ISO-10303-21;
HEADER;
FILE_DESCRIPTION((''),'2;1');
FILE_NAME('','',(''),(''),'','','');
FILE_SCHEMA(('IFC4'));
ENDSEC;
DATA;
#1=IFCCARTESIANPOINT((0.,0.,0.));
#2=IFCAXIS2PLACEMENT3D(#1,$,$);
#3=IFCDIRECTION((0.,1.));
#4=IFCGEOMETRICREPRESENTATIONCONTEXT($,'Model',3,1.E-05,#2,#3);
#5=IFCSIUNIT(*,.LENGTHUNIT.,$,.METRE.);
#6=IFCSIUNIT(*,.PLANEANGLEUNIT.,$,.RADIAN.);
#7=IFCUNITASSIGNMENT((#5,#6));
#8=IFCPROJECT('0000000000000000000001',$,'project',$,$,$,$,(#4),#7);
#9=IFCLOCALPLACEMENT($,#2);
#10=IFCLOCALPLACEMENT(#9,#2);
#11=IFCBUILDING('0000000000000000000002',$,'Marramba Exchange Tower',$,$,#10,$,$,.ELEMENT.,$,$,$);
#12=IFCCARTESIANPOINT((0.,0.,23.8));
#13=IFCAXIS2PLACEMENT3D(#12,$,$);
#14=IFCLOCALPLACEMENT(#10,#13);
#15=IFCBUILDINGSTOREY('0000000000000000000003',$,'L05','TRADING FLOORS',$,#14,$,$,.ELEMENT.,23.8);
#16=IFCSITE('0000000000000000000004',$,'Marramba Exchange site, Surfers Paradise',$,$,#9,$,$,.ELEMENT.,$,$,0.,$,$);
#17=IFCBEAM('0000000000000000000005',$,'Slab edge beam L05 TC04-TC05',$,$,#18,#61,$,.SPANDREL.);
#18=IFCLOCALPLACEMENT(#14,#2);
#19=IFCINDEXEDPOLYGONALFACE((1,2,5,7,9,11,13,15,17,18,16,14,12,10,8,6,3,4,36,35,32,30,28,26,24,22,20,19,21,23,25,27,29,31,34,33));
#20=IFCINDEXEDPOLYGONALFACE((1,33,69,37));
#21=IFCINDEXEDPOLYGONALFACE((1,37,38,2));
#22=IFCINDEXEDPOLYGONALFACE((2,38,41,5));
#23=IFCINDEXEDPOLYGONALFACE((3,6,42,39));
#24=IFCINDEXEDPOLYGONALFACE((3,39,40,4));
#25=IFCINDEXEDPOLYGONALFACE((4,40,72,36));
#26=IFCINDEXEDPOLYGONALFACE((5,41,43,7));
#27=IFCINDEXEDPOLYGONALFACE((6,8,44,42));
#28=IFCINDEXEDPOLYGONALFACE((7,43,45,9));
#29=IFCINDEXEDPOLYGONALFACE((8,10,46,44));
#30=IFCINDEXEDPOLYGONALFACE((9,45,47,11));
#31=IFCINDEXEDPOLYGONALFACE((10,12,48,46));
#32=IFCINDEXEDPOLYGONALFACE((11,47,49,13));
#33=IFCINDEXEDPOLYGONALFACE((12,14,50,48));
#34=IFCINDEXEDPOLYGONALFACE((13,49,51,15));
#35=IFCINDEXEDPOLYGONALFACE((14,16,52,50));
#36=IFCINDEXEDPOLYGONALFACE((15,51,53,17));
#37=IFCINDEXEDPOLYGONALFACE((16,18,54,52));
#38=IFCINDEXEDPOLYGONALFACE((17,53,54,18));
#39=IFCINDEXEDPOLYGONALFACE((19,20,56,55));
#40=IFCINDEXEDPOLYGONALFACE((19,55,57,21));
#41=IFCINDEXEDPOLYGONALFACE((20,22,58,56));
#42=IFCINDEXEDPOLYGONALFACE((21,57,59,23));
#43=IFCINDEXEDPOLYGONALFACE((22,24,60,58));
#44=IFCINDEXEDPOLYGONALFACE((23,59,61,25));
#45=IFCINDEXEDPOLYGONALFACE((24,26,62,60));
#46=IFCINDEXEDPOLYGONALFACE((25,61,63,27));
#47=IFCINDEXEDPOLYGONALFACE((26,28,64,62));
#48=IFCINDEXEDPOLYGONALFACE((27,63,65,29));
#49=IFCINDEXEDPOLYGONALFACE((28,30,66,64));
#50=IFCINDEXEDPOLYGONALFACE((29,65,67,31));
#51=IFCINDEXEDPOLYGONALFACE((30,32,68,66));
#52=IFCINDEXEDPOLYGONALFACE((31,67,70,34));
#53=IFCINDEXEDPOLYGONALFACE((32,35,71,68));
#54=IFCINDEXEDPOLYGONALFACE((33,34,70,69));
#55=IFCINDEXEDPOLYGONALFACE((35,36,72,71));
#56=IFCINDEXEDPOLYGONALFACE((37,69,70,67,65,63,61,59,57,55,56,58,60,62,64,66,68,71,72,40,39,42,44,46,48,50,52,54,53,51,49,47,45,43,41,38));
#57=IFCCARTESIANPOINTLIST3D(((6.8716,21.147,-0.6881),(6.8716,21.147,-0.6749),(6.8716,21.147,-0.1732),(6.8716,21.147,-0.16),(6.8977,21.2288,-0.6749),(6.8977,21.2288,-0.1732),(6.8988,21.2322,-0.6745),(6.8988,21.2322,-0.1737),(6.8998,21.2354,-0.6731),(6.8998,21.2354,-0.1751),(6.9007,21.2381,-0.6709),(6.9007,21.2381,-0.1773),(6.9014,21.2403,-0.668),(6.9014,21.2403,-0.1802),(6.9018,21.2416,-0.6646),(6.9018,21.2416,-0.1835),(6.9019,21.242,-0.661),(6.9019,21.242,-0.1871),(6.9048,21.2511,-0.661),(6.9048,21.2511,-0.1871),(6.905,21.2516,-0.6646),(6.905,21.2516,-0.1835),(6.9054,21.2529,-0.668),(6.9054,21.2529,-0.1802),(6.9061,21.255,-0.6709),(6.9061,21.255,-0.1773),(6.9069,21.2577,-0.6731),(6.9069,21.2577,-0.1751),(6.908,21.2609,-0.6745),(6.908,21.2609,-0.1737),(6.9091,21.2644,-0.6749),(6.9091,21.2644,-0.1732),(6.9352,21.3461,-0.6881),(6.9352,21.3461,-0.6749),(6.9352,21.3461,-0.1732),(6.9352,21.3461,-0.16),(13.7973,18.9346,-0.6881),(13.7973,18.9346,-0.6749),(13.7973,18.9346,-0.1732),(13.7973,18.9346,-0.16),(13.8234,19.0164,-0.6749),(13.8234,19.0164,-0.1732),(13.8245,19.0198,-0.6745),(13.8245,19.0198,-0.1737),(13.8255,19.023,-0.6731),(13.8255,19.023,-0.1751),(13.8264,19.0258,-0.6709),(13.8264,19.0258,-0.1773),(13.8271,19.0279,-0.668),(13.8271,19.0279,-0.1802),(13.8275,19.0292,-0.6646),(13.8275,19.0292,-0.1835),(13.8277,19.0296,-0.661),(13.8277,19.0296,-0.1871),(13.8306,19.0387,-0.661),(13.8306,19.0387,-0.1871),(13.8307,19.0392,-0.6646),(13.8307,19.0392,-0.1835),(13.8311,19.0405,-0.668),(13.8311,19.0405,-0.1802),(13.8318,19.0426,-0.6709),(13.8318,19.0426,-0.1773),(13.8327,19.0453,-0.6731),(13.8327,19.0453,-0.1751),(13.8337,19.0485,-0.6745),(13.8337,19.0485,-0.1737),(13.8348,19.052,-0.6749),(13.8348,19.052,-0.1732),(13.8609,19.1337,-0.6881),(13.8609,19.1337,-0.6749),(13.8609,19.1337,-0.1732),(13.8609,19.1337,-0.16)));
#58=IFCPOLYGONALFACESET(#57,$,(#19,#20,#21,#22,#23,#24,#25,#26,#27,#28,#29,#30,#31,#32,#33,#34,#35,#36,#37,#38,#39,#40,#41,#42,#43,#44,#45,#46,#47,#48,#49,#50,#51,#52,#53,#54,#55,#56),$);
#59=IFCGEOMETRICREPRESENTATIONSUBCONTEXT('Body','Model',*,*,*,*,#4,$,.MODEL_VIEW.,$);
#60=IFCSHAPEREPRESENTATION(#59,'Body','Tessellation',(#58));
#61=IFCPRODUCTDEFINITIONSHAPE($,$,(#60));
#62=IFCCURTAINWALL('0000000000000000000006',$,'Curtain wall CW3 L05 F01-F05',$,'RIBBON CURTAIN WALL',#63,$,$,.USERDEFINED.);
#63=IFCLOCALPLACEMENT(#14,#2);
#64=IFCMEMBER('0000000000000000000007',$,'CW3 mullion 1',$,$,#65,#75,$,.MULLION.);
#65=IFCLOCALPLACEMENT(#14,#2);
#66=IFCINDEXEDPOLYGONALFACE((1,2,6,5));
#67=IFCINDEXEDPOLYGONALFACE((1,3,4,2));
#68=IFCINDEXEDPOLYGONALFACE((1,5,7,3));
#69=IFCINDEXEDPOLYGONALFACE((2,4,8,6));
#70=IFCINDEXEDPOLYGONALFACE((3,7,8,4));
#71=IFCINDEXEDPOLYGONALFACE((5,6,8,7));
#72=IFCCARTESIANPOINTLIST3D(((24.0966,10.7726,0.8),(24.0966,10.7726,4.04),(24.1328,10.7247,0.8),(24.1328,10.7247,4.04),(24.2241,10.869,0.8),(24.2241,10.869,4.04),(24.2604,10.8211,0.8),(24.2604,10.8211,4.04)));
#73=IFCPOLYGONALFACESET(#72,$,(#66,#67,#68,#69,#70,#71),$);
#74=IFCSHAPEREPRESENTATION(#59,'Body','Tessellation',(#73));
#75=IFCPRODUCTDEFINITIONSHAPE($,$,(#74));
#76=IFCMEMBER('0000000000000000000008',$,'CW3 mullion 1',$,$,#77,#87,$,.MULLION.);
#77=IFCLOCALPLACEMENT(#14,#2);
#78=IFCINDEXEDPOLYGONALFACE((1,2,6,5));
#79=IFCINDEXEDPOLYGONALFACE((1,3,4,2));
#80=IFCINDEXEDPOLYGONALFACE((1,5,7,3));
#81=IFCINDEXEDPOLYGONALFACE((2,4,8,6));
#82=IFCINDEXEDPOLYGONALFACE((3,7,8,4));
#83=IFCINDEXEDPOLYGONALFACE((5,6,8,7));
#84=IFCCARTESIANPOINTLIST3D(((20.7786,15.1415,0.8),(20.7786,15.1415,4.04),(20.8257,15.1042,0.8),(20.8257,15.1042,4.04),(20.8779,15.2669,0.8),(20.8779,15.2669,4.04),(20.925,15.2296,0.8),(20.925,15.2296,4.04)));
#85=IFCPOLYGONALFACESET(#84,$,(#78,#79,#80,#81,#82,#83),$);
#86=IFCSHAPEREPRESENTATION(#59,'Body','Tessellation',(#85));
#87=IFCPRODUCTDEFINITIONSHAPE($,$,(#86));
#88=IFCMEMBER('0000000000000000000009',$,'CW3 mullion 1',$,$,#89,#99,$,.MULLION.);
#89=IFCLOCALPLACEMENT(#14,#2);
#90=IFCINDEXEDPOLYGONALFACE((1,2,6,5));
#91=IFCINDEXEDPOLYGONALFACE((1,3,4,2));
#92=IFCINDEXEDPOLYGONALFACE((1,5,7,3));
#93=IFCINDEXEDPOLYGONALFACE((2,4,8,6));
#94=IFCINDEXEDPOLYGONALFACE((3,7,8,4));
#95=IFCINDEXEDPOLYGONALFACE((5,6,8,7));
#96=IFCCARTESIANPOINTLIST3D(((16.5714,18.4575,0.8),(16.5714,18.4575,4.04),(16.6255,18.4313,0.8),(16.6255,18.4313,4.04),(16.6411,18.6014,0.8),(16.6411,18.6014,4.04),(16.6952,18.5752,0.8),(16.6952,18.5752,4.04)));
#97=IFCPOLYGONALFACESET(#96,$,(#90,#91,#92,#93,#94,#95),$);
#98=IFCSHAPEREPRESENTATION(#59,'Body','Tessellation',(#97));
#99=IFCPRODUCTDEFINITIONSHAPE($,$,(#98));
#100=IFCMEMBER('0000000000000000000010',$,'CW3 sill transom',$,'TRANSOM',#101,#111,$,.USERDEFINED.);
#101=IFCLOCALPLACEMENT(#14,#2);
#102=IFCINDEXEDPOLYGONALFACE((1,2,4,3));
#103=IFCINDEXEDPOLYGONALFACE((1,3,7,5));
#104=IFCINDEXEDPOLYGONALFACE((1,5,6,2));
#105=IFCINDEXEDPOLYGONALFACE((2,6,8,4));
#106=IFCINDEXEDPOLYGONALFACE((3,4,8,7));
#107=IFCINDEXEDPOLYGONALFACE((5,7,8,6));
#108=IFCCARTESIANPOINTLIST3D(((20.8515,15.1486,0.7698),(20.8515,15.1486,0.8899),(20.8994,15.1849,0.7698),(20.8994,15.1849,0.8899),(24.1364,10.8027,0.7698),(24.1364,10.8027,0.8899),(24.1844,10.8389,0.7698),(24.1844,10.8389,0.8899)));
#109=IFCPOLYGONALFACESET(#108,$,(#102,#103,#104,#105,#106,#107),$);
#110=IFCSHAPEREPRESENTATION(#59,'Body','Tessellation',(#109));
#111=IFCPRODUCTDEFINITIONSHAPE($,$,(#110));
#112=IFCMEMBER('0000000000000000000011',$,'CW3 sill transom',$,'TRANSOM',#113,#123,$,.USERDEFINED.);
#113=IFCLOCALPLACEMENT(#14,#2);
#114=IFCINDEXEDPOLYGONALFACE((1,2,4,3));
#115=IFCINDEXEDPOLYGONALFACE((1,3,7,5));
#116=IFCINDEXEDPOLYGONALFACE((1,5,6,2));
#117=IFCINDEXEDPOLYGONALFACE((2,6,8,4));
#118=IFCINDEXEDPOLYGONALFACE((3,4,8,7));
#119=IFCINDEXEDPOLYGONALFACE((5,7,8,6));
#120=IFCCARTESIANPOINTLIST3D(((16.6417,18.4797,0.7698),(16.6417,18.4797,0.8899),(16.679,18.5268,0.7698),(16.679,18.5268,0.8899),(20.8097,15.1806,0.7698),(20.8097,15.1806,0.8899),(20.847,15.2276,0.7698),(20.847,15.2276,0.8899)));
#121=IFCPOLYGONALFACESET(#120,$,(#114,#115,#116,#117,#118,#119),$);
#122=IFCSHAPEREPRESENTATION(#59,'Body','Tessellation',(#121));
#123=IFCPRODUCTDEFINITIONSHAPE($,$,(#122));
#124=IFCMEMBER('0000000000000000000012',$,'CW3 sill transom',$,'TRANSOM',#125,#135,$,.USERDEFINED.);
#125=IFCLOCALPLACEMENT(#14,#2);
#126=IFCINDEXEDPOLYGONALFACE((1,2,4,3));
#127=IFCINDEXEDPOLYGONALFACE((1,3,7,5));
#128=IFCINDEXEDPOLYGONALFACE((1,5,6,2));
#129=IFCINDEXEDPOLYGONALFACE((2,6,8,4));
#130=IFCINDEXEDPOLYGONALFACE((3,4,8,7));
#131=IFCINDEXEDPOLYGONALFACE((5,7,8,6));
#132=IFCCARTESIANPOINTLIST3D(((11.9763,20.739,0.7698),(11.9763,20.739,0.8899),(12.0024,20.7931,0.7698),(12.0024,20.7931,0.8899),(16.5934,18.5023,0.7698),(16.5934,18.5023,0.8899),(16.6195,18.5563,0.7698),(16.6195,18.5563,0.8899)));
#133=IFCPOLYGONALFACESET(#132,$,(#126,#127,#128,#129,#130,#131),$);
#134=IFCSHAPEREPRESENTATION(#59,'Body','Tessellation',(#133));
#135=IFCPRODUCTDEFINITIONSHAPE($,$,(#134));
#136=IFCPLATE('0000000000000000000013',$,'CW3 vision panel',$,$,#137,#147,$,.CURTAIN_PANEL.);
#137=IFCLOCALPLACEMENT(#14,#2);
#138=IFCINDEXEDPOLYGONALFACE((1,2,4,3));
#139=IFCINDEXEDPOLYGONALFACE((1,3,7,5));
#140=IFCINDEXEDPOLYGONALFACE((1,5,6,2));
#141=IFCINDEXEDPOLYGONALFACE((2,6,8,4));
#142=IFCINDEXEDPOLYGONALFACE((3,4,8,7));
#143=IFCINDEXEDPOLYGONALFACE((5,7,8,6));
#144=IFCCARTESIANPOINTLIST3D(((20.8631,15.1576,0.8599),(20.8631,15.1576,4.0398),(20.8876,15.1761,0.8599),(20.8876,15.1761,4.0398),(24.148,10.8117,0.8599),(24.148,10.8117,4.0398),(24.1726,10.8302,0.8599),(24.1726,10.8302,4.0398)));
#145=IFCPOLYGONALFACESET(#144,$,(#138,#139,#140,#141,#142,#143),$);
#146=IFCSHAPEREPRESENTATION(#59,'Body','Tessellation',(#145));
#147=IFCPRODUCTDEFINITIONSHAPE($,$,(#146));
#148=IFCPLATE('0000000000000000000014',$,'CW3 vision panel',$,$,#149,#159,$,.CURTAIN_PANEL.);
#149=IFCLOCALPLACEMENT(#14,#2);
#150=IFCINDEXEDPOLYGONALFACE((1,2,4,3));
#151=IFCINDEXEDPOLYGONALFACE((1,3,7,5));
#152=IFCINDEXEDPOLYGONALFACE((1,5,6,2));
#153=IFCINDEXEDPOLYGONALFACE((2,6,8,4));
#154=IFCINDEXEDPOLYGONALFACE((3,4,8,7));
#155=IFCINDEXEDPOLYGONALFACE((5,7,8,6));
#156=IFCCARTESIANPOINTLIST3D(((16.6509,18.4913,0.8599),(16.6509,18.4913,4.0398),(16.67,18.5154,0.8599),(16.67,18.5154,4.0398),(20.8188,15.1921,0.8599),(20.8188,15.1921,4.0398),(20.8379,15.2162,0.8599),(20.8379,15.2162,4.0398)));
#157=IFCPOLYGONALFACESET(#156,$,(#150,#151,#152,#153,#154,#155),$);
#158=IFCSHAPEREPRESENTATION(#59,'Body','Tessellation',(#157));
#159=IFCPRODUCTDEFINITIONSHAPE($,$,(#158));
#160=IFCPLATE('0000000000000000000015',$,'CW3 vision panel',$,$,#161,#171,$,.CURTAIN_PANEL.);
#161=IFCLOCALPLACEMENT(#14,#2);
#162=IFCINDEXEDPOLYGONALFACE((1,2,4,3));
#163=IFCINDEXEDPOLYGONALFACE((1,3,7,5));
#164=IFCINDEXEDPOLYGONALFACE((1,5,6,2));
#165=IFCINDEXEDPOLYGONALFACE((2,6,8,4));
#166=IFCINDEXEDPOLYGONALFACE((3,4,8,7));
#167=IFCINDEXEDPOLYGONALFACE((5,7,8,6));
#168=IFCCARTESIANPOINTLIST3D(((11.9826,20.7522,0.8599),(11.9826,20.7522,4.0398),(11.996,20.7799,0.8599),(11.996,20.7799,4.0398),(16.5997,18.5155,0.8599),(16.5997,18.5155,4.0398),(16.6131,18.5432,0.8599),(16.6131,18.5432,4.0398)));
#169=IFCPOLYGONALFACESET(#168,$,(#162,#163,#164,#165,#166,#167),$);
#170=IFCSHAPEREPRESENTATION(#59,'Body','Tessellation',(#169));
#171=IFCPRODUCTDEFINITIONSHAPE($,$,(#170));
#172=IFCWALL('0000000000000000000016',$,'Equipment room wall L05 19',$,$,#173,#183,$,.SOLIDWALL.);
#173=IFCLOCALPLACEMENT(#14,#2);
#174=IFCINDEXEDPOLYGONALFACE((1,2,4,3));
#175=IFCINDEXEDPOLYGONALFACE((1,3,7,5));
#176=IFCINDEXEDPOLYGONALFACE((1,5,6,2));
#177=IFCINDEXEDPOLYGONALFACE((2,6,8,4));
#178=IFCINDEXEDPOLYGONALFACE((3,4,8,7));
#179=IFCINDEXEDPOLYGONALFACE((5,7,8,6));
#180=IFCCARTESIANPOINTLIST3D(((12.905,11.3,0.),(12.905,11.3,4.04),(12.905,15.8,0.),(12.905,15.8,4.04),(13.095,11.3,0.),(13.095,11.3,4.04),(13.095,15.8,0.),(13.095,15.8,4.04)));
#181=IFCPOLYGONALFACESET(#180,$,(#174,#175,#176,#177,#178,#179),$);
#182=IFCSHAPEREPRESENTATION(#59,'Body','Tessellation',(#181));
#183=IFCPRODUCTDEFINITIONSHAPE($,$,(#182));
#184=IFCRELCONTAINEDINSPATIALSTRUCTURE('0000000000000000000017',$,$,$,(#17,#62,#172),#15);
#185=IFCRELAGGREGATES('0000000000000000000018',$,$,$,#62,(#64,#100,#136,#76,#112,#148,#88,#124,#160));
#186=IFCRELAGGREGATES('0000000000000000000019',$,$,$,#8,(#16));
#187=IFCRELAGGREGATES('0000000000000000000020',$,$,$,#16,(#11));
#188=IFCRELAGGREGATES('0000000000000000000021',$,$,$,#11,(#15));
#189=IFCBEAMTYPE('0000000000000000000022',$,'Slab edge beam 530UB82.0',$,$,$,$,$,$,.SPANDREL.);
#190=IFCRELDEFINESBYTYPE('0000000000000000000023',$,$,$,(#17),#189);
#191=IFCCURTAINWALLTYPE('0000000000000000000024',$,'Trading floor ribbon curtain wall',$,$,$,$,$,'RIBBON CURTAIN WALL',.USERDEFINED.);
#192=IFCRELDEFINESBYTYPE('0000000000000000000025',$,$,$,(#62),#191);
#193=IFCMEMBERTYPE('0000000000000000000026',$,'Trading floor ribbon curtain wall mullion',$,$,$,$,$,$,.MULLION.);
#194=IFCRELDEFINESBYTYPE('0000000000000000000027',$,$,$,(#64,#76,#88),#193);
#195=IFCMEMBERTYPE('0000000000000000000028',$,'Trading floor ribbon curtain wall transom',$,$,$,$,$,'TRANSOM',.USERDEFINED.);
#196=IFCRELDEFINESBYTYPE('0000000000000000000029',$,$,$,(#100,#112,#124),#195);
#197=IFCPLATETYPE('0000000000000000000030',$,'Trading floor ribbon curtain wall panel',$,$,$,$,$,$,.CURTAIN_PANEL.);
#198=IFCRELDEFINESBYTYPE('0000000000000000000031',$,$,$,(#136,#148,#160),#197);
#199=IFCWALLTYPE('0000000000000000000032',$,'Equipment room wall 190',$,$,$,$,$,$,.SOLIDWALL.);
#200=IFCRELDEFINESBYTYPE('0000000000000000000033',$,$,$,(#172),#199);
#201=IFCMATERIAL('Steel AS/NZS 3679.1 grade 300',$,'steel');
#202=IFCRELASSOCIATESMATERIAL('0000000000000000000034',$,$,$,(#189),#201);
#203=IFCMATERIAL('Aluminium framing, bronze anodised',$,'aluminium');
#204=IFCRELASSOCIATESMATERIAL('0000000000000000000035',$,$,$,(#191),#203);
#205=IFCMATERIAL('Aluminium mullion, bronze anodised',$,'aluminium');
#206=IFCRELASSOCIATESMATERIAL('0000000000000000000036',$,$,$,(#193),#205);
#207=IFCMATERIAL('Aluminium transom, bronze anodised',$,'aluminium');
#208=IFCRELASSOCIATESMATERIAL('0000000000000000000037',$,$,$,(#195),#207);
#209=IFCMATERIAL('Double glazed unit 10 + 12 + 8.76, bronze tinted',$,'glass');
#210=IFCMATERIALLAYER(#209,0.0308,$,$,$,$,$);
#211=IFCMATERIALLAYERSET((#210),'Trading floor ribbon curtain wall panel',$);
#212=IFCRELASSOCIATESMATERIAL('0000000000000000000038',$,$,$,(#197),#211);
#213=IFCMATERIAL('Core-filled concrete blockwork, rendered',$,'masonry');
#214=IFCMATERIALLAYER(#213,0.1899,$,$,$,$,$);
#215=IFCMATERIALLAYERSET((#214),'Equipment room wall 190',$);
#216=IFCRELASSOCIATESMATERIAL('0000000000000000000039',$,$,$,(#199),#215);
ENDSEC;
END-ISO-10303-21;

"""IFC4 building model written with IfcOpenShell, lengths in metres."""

from ifc_helpers import new_model, si_unit, direction, frame, frame_2d, origin, origin_2d, place, context, subcontext, project, spatial, rectangle, i_section, extrude, material, layer, layer_set, material_profile, profile_set, type_object, element, aggregate, save


model = new_model("IFC4")

# Units and contexts
model_context = context("Model", 3, precision=1e-05, world=origin(), true_north=direction((0.0, 1.0)))
body_context = subcontext(model_context, "Body", "Model", "MODEL_VIEW")
ifc_project = project(units=[si_unit("LENGTHUNIT", "METRE"), si_unit("PLANEANGLEUNIT", "RADIAN")], contexts=[model_context])

# Site, building, storey
site_placement = place(None, origin())
site = spatial("IfcSite", under=ifc_project, at=site_placement, Name="Marramba Exchange site, Surfers Paradise", CompositionType="ELEMENT", RefElevation=0.0)
building_placement = place(site_placement, origin())
building = spatial("IfcBuilding", under=site, at=building_placement, Name="Marramba Exchange Tower", CompositionType="ELEMENT")
storey_placement = place(building_placement, frame((0.0, 0.0, 23.8)))
storey = spatial("IfcBuildingStorey", under=building, at=storey_placement, Name="L05", Description="TRADING FLOORS", CompositionType="ELEMENT", Elevation=23.8)

# Beam
ifc_material_1 = material(Name="Steel AS/NZS 3679.1 grade 300", Category="steel")
ifc_material_profile_1 = material_profile(ifc_material_1, i_section(OverallWidth=0.209, OverallDepth=0.5281, WebThickness=0.0095, FlangeThickness=0.0132, FilletRadius=0.0139, at=origin_2d()), Name="530UB82.0")
ifc_profile_set_1 = profile_set([ifc_material_profile_1], Name="Steel AS/NZS 3679.1 grade 300")
beam_type_1 = type_object("IfcBeamType", Name="Slab edge beam 530UB82.0", PredefinedType="SPANDREL", material=ifc_profile_set_1)
beam_1_placement = place(storey_placement, frame((13.8291, 19.0342, -0.4241), z_axis=(-0.952578, 0.304296, 0.0), x_axis=(-0.304296, -0.952578, 0.0)))
element("IfcBeam", 1, at=beam_1_placement, inside=storey, type_object=beam_type_1, Name="Slab edge beam L05 TC04-TC05", PredefinedType="SPANDREL", context=body_context, shape_type="SweptSolid", body=[
    extrude(i_section(OverallWidth=0.209, OverallDepth=0.5281, WebThickness=0.0095, FlangeThickness=0.0132, FilletRadius=0.0139, at=origin_2d()), origin(), (0.0, 0.0, 1.0), 7.2705),
])

# Curtain wall, members, plates
ifc_material_2 = material(Name="Aluminium framing, bronze anodised", Category="aluminium")
curtain_wall_type = type_object("IfcCurtainWallType", Name="Trading floor ribbon curtain wall", ElementType="RIBBON CURTAIN WALL", PredefinedType="USERDEFINED", material=ifc_material_2)
curtain_wall_placement = place(storey_placement, origin())
curtain_wall = element("IfcCurtainWall", 2, at=curtain_wall_placement, inside=storey, type_object=curtain_wall_type, Name="Curtain wall CW3 L05 F01-F05", ObjectType="RIBBON CURTAIN WALL", PredefinedType="USERDEFINED")
ifc_material_3 = material(Name="Aluminium mullion, bronze anodised", Category="aluminium")
ifc_material_profile_2 = material_profile(ifc_material_3, rectangle(XDim=0.1599, YDim=0.0601, at=origin_2d()), Name="CW3 mullion 60x160")
ifc_profile_set_2 = profile_set([ifc_material_profile_2], Name="Aluminium mullion, bronze anodised")
member_type_1 = type_object("IfcMemberType", Name="Trading floor ribbon curtain wall mullion", PredefinedType="MULLION", material=ifc_profile_set_2)
member_1_placement = place(storey_placement, frame((24.1785, 10.7969, 0.8), z_axis=(0.0, 0.0, 1.0), x_axis=(-0.797749, -0.60299, 0.0)))
member_1 = element("IfcMember", 3, at=member_1_placement, type_object=member_type_1, Name="CW3 mullion 1", PredefinedType="MULLION", context=body_context, shape_type="SweptSolid", body=[
    extrude(rectangle(XDim=0.1599, YDim=0.0601, at=origin_2d()), origin(), (0.0, 0.0, 1.0), 3.24),
])
member_2_placement = place(storey_placement, frame((20.8518, 15.1855, 0.8), z_axis=(0.0, 0.0, 1.0), x_axis=(-0.62065, -0.784088, 0.0)))
member_2 = element("IfcMember", 4, at=member_2_placement, type_object=member_type_1, Name="CW3 mullion 1", PredefinedType="MULLION", context=body_context, shape_type="SweptSolid", body=[
    extrude(rectangle(XDim=0.1599, YDim=0.0601, at=origin_2d()), origin(), (0.0, 0.0, 1.0), 3.24),
])
member_3_placement = place(storey_placement, frame((16.6333, 18.5164, 0.8), z_axis=(0.0, 0.0, 1.0), x_axis=(-0.435965, -0.899963, 0.0)))
member_3 = element("IfcMember", 5, at=member_3_placement, type_object=member_type_1, Name="CW3 mullion 1", PredefinedType="MULLION", context=body_context, shape_type="SweptSolid", body=[
    extrude(rectangle(XDim=0.1599, YDim=0.0601, at=origin_2d()), origin(), (0.0, 0.0, 1.0), 3.24),
])
ifc_material_4 = material(Name="Aluminium transom, bronze anodised", Category="aluminium")
ifc_material_profile_3 = material_profile(ifc_material_4, rectangle(XDim=0.0601, YDim=0.1201, at=origin_2d()), Name="CW3 transom 60x120")
ifc_profile_set_3 = profile_set([ifc_material_profile_3], Name="Aluminium transom, bronze anodised")
member_type_2 = type_object("IfcMemberType", Name="Trading floor ribbon curtain wall transom", ElementType="TRANSOM", PredefinedType="USERDEFINED", material=ifc_profile_set_3)
member_4_placement = place(storey_placement, frame((24.1604, 10.8208, 0.8298), z_axis=(-0.602986, 0.797752, 0.0), x_axis=(-0.797752, -0.602986, 0.0)))
member_4 = element("IfcMember", 6, at=member_4_placement, type_object=member_type_2, Name="CW3 sill transom", ObjectType="TRANSOM", PredefinedType="USERDEFINED", context=body_context, shape_type="SweptSolid", body=[
    extrude(rectangle(XDim=0.0601, YDim=0.1201, at=origin_2d()), origin(), (0.0, 0.0, 1.0), 5.4478),
])
member_5_placement = place(storey_placement, frame((20.8284, 15.2041, 0.8298), z_axis=(-0.784098, 0.620637, 0.0), x_axis=(-0.620637, -0.784098, 0.0)))
member_5 = element("IfcMember", 7, at=member_5_placement, type_object=member_type_2, Name="CW3 sill transom", ObjectType="TRANSOM", PredefinedType="USERDEFINED", context=body_context, shape_type="SweptSolid", body=[
    extrude(rectangle(XDim=0.0601, YDim=0.1201, at=origin_2d()), origin(), (0.0, 0.0, 1.0), 5.3157),
])
member_6_placement = place(storey_placement, frame((16.6064, 18.5293, 0.8298), z_axis=(-0.899953, 0.435986, 0.0), x_axis=(-0.435986, -0.899953, 0.0)))
member_6 = element("IfcMember", 8, at=member_6_placement, type_object=member_type_2, Name="CW3 sill transom", ObjectType="TRANSOM", PredefinedType="USERDEFINED", context=body_context, shape_type="SweptSolid", body=[
    extrude(rectangle(XDim=0.0601, YDim=0.1201, at=origin_2d()), origin(), (0.0, 0.0, 1.0), 5.1304),
])
ifc_material_5 = material(Name="Double glazed unit 10 + 12 + 8.76, bronze tinted", Category="glass")
ifc_layer_1 = layer(ifc_material_5, 0.0308)
ifc_layer_set_1 = layer_set([ifc_layer_1], Name="Trading floor ribbon curtain wall panel")
plate_type = type_object("IfcPlateType", Name="Trading floor ribbon curtain wall panel", PredefinedType="CURTAIN_PANEL", material=ifc_layer_set_1)
plate_1_placement = place(storey_placement, frame((22.5178, 12.9939, 0.8599), z_axis=(0.0, 0.0, 1.0), x_axis=(-0.60299, 0.797749, 0.0)))
plate_1 = element("IfcPlate", 9, at=plate_1_placement, type_object=plate_type, Name="CW3 vision panel", PredefinedType="CURTAIN_PANEL", context=body_context, shape_type="SweptSolid", body=[
    extrude(rectangle(XDim=5.4478, YDim=0.0308, at=origin_2d()), origin(), (0.0, 0.0, 1.0), 3.1799),
])
plate_2_placement = place(storey_placement, frame((18.7444, 16.8538, 0.8599), z_axis=(0.0, 0.0, 1.0), x_axis=(-0.784088, 0.62065, 0.0)))
plate_2 = element("IfcPlate", 10, at=plate_2_placement, type_object=plate_type, Name="CW3 vision panel", PredefinedType="CURTAIN_PANEL", context=body_context, shape_type="SweptSolid", body=[
    extrude(rectangle(XDim=5.3157, YDim=0.0308, at=origin_2d()), origin(), (0.0, 0.0, 1.0), 3.1799),
])
plate_3_placement = place(storey_placement, frame((14.2979, 19.6477, 0.8599), z_axis=(0.0, 0.0, 1.0), x_axis=(-0.899963, 0.435965, 0.0)))
plate_3 = element("IfcPlate", 11, at=plate_3_placement, type_object=plate_type, Name="CW3 vision panel", PredefinedType="CURTAIN_PANEL", context=body_context, shape_type="SweptSolid", body=[
    extrude(rectangle(XDim=5.1304, YDim=0.0308, at=origin_2d()), origin(), (0.0, 0.0, 1.0), 3.1799),
])
aggregate(curtain_wall, [member_1, member_4, plate_1, member_2, member_5, plate_2, member_3, member_6, plate_3])

# Wall
ifc_material_6 = material(Name="Core-filled concrete blockwork, rendered", Category="masonry")
ifc_layer_2 = layer(ifc_material_6, 0.1899)
ifc_layer_set_2 = layer_set([ifc_layer_2], Name="Equipment room wall 190")
wall_type_1 = type_object("IfcWallType", Name="Equipment room wall 190", PredefinedType="SOLIDWALL", material=ifc_layer_set_2)
wall_1_placement = place(storey_placement, frame((13.0, 15.8, 0.0), z_axis=(0.0, 0.0, 1.0), x_axis=(0.0, -1.0, 0.0)))
element("IfcWall", 12, at=wall_1_placement, inside=storey, type_object=wall_type_1, Name="Equipment room wall L05 19", PredefinedType="SOLIDWALL", context=body_context, shape_type="SweptSolid", body=[
    extrude(rectangle(XDim=4.5, YDim=0.1899, at=frame_2d((2.25, 0.0))), origin(), (0.0, 0.0, 1.0), 4.04),
])

save(model, "model.ifc")
